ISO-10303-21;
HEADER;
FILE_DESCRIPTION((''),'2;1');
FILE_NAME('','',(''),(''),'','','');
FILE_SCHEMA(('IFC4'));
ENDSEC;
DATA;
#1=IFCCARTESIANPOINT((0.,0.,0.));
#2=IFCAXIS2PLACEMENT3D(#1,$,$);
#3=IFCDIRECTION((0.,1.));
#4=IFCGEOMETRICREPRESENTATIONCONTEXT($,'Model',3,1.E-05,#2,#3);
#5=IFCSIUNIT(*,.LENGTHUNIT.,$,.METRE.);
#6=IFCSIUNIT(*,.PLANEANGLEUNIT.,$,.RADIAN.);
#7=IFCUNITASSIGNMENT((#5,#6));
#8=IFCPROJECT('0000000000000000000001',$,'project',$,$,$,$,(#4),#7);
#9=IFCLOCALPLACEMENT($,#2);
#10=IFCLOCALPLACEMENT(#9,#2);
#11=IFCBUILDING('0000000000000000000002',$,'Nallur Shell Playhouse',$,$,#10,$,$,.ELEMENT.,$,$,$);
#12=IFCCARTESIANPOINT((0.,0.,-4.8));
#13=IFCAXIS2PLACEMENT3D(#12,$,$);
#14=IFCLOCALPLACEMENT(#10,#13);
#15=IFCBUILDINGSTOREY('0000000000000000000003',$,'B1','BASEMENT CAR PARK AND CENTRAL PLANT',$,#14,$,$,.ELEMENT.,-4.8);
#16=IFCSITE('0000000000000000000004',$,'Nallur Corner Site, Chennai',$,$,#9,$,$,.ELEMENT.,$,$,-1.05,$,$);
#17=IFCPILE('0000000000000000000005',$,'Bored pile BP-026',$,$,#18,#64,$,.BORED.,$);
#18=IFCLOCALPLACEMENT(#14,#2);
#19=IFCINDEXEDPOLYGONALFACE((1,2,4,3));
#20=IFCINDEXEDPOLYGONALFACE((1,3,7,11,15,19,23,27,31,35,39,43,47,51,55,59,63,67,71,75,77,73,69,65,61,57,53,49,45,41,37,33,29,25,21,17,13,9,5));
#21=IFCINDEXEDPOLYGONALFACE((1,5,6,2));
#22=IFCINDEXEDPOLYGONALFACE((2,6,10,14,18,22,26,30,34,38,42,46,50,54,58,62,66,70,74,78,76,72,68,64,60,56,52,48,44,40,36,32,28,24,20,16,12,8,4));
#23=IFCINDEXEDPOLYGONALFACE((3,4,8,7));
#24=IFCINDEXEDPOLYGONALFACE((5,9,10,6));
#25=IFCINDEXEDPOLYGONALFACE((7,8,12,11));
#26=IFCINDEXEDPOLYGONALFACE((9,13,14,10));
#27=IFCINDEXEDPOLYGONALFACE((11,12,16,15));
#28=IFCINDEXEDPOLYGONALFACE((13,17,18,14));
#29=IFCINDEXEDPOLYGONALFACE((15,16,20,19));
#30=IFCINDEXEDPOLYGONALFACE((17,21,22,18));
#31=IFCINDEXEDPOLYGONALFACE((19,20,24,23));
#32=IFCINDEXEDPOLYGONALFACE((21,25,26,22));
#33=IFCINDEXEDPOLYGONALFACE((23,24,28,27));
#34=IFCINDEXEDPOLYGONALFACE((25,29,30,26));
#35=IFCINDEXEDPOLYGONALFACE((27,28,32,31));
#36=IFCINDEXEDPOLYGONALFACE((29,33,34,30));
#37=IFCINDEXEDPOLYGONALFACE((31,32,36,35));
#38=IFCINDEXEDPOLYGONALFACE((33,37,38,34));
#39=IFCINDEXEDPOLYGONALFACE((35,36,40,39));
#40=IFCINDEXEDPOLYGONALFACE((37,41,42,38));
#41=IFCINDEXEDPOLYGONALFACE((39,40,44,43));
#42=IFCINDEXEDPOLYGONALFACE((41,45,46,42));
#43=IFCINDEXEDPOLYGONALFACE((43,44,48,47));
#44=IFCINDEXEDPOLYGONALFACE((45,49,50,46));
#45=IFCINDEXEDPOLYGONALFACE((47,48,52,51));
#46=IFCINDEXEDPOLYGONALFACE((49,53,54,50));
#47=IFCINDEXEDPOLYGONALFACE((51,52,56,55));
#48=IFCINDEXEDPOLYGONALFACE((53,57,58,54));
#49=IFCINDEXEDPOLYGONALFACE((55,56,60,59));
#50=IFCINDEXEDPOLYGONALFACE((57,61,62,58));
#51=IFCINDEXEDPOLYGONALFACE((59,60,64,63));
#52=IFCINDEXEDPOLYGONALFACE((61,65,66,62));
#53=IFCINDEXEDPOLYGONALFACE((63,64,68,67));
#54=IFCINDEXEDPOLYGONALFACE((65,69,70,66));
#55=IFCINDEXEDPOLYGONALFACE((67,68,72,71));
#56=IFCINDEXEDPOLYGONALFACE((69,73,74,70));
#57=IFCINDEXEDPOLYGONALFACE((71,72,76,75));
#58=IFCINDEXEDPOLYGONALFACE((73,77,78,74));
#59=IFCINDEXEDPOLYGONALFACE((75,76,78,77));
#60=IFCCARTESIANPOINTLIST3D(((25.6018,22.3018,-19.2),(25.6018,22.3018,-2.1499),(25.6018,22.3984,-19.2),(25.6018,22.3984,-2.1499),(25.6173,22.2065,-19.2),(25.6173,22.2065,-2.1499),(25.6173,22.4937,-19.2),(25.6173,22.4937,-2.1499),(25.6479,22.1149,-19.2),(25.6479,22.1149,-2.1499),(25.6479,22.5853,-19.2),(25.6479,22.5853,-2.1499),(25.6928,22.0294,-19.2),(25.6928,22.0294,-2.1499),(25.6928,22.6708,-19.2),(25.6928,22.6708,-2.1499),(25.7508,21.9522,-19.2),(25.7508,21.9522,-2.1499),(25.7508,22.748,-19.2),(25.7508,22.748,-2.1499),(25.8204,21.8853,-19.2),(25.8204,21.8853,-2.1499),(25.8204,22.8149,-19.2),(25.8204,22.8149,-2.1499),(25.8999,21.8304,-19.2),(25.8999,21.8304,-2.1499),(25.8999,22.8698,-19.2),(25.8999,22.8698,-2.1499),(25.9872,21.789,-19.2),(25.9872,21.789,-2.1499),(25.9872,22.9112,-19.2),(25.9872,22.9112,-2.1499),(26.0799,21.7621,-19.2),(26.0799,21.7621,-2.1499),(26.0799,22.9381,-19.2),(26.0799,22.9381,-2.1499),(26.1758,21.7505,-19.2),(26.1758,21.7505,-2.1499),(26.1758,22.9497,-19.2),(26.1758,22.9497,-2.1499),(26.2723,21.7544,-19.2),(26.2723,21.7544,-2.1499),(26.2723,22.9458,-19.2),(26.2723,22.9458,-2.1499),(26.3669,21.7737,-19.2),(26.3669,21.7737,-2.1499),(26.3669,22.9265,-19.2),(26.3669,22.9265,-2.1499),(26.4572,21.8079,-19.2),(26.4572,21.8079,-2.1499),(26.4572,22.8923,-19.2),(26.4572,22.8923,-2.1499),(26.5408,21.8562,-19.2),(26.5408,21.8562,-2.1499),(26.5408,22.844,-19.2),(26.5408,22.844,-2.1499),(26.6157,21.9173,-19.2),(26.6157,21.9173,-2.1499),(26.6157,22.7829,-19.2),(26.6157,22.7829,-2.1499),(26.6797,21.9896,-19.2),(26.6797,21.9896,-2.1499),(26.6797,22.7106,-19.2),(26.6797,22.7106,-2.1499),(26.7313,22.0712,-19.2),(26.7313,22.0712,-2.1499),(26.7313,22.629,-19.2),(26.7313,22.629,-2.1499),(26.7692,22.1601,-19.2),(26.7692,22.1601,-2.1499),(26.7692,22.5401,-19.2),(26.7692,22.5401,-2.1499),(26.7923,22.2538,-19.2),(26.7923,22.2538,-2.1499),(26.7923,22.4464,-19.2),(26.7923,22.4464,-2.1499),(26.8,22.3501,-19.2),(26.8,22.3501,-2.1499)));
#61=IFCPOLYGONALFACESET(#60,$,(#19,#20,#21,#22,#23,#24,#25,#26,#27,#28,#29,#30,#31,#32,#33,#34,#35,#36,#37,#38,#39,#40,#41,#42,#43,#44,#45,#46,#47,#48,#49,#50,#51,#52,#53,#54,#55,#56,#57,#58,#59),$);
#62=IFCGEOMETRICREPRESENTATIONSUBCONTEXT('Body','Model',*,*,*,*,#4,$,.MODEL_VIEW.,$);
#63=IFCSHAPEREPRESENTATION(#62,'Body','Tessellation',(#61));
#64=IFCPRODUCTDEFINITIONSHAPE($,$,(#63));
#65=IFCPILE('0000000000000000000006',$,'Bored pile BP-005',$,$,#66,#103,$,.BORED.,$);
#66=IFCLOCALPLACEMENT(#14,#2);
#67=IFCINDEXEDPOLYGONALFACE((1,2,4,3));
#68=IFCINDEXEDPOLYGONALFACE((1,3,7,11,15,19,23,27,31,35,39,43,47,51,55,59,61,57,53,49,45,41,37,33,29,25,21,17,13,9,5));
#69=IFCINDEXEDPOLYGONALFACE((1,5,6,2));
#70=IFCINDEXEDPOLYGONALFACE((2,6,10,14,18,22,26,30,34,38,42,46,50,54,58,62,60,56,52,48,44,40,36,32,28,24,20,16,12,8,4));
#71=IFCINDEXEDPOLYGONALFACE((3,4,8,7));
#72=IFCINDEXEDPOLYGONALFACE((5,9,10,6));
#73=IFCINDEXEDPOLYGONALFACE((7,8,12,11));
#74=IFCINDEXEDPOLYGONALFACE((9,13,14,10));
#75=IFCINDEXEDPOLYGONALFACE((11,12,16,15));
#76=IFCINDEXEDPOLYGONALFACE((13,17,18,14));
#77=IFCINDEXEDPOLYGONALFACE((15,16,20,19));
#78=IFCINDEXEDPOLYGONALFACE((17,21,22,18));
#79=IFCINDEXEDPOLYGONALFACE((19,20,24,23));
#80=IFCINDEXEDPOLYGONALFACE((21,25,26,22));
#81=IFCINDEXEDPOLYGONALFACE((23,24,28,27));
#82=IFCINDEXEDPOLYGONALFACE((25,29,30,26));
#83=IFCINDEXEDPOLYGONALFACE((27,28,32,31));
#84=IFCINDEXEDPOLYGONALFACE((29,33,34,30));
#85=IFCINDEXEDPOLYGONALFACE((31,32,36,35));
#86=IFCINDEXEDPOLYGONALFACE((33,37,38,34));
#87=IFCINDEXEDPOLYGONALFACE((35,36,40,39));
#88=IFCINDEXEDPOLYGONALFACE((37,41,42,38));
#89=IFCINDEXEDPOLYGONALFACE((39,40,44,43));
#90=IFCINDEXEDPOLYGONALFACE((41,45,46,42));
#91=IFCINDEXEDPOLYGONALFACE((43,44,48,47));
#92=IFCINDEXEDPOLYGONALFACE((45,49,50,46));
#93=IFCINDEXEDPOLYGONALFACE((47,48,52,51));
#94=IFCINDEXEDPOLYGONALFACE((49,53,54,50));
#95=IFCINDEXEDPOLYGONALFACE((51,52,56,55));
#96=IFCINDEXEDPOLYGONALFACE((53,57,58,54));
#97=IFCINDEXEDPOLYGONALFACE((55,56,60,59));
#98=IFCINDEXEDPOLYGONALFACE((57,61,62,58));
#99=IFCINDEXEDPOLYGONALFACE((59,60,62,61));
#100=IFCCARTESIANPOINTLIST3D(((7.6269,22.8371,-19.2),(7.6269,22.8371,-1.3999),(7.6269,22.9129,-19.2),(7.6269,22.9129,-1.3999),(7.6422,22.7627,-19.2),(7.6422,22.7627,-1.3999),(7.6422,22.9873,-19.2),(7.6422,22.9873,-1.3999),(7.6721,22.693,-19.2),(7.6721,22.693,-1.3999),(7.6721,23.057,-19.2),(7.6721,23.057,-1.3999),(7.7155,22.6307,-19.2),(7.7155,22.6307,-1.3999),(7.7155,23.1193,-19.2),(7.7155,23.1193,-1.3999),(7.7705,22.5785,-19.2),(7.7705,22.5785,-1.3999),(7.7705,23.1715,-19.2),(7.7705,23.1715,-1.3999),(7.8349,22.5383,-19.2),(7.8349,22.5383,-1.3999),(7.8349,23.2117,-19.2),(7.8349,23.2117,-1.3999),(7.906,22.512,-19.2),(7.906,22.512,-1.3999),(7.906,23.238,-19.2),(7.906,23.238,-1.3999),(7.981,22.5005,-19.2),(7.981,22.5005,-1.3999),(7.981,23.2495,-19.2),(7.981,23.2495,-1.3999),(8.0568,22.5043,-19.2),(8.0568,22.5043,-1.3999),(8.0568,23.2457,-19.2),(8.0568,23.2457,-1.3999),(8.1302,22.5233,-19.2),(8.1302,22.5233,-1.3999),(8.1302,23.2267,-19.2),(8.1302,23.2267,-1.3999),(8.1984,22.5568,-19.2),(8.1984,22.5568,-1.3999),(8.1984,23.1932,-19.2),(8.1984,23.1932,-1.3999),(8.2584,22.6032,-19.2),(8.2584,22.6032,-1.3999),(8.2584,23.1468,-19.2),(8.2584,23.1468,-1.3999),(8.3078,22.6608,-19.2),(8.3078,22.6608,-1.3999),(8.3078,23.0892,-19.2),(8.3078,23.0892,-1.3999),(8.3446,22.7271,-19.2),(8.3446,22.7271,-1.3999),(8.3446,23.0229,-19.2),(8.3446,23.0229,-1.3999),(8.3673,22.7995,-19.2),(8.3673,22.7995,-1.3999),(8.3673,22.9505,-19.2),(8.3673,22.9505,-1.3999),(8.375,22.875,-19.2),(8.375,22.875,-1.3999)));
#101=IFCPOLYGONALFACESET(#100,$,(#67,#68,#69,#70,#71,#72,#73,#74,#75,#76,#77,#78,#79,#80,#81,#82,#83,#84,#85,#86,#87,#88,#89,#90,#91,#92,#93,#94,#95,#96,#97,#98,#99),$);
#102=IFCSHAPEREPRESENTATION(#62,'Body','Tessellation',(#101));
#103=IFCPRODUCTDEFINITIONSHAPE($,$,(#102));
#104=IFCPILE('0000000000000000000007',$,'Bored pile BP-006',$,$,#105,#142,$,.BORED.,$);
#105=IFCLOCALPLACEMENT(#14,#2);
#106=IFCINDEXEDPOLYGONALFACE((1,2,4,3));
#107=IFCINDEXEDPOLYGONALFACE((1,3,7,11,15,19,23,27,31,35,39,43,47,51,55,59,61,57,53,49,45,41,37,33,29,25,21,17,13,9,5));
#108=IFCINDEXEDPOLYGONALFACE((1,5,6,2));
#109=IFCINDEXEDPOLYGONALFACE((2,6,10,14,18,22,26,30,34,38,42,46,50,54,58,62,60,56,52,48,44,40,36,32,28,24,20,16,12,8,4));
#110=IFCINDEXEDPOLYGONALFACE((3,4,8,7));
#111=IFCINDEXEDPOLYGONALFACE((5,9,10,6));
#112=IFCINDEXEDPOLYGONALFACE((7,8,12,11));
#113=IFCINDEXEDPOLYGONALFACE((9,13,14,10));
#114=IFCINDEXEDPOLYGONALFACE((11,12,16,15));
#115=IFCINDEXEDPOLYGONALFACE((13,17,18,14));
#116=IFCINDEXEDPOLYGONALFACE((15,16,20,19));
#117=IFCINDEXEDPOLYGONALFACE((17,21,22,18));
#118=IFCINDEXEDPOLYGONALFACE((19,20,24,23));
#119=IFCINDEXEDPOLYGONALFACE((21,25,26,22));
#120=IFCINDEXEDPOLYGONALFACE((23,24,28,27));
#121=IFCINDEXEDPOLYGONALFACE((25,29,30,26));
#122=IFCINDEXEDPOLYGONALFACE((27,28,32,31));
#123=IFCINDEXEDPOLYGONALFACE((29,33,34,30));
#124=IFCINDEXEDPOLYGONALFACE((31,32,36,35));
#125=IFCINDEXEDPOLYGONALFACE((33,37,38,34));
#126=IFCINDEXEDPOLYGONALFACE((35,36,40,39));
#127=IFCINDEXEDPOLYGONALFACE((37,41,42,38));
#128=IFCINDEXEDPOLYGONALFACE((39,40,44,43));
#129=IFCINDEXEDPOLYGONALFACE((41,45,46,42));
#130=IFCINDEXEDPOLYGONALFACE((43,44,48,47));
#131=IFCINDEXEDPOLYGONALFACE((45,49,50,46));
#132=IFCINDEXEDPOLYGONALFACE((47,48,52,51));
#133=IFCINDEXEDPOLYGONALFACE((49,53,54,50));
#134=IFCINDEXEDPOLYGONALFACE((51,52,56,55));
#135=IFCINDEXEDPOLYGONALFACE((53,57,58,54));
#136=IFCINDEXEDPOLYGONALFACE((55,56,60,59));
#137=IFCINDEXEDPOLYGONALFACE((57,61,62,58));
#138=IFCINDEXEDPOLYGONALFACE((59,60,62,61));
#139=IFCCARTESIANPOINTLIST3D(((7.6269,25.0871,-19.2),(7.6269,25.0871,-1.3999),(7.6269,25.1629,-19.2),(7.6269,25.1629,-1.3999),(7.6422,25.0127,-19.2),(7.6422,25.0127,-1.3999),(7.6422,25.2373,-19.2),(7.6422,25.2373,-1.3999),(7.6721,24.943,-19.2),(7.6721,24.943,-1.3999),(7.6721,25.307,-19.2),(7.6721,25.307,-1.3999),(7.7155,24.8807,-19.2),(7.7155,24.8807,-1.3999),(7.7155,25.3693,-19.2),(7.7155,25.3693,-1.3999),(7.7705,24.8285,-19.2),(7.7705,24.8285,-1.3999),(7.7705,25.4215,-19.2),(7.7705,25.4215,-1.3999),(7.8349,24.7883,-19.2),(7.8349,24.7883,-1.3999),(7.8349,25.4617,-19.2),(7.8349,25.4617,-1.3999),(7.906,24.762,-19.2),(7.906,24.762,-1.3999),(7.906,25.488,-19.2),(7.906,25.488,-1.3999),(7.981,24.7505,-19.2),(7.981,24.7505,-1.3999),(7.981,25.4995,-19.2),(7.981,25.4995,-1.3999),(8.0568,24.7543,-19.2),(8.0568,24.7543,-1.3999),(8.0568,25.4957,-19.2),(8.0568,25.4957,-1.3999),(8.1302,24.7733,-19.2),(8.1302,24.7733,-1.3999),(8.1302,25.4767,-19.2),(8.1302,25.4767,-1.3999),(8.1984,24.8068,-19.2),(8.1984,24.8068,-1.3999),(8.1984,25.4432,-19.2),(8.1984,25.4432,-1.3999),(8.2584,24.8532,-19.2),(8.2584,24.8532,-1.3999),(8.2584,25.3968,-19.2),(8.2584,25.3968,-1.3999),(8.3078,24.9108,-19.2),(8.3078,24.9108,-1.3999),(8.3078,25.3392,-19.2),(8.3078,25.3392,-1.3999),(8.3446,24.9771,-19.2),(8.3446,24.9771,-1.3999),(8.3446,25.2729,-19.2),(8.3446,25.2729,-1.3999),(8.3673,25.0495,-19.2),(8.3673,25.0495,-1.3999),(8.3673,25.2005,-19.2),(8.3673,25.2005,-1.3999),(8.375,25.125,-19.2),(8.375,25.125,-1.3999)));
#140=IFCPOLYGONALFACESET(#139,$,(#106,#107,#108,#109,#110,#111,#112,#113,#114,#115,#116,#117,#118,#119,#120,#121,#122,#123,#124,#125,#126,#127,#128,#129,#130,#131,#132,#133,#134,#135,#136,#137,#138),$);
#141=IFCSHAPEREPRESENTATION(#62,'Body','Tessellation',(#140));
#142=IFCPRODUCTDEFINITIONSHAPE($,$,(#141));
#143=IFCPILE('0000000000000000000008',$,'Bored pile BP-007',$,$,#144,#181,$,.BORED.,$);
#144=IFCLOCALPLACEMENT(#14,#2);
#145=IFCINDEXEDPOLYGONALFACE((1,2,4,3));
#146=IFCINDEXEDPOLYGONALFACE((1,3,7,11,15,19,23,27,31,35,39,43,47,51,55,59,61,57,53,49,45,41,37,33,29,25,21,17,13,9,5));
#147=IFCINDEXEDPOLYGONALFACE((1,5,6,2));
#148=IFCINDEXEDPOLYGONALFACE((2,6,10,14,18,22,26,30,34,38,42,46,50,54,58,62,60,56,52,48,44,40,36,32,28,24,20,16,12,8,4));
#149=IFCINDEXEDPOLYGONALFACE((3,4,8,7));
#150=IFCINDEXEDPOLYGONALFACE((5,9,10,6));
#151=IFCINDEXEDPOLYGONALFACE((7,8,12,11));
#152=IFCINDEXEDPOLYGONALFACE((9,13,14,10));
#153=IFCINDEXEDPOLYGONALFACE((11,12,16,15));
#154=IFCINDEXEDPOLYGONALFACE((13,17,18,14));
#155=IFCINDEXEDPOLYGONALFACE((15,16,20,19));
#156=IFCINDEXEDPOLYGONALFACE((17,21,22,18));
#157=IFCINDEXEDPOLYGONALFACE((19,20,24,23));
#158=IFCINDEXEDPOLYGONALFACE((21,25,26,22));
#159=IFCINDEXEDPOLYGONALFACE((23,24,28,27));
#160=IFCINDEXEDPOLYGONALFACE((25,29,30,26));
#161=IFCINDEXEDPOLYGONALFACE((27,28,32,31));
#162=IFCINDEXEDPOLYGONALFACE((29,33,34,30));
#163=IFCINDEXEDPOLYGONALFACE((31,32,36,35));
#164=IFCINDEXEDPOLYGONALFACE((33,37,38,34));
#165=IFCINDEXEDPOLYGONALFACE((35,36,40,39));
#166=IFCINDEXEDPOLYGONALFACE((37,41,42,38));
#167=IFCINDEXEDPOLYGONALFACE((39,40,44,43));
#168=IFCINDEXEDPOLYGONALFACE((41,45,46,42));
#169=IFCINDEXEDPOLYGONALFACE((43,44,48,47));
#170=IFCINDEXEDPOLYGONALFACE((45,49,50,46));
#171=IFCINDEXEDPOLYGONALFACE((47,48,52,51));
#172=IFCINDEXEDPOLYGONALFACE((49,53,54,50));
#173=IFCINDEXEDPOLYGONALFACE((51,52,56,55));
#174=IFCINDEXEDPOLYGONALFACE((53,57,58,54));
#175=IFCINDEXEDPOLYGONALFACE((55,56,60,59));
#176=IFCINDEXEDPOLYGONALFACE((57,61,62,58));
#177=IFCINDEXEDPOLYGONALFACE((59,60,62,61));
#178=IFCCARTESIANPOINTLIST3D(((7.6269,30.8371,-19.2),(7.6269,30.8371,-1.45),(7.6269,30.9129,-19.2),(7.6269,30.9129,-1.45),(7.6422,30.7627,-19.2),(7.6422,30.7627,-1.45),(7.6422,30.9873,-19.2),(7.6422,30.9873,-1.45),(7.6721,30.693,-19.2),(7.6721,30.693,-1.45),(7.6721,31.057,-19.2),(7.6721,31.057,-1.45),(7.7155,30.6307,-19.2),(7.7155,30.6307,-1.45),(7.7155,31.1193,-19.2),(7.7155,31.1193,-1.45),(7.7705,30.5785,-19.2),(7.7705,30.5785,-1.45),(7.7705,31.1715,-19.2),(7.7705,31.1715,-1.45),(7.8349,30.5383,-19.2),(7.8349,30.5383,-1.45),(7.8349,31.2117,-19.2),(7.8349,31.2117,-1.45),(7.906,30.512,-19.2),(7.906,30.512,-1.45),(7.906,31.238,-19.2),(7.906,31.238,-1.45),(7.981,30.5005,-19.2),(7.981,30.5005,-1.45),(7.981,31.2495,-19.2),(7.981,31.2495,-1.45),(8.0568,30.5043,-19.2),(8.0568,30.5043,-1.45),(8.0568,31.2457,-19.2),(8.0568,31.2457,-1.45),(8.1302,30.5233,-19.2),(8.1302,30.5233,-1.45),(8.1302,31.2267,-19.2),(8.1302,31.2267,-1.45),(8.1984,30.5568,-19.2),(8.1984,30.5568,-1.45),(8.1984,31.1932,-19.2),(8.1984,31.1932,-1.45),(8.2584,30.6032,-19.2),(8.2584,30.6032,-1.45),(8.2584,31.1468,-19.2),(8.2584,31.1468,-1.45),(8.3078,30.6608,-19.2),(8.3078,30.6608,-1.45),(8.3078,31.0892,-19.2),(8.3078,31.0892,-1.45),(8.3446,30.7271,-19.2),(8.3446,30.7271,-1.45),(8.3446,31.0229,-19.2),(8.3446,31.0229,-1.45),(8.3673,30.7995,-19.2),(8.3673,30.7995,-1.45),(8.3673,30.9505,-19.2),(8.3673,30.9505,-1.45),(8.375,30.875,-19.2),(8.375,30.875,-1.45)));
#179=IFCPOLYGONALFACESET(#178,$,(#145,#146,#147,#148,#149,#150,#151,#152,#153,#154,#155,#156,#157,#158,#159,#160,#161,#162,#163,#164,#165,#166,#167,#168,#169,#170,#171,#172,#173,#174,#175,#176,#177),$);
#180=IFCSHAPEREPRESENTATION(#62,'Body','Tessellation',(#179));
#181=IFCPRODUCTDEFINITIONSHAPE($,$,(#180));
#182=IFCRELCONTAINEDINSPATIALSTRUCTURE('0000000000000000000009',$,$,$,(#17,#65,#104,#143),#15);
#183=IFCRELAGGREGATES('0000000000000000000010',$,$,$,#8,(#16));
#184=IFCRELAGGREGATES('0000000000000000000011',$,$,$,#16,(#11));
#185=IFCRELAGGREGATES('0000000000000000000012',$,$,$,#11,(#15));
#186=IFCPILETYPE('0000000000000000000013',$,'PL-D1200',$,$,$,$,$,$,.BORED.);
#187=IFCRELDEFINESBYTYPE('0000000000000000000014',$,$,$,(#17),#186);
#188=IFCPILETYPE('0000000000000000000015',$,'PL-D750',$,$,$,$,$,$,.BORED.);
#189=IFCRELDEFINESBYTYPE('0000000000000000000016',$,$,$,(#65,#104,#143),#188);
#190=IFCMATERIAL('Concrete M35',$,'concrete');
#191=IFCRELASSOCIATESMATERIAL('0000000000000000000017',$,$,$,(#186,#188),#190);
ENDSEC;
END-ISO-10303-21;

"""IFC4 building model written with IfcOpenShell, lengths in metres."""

from ifc_helpers import new_model, si_unit, direction, frame, origin, origin_2d, place, context, subcontext, project, spatial, circle, extrude, material, material_profile, profile_set, type_object, element, save


model = new_model("IFC4")

# Units and contexts
model_context = context("Model", 3, precision=1e-05, world=origin(), true_north=direction((0.0, 1.0)))
body_context = subcontext(model_context, "Body", "Model", "MODEL_VIEW")
ifc_project = project(units=[si_unit("LENGTHUNIT", "METRE"), si_unit("PLANEANGLEUNIT", "RADIAN")], contexts=[model_context])

# Site, building, storey
site_placement = place(None, origin())
site = spatial("IfcSite", under=ifc_project, at=site_placement, Name="Nallur Corner Site, Chennai", CompositionType="ELEMENT", RefElevation=-1.05)
building_placement = place(site_placement, origin())
building = spatial("IfcBuilding", under=site, at=building_placement, Name="Nallur Shell Playhouse", CompositionType="ELEMENT")
storey_placement = place(building_placement, frame((0.0, 0.0, -4.8)))
storey = spatial("IfcBuildingStorey", under=building, at=storey_placement, Name="B1", Description="BASEMENT CAR PARK AND CENTRAL PLANT", CompositionType="ELEMENT", Elevation=-4.8)

# Shared definitions
ifc_material_1 = material(Name="Concrete M35", Category="concrete")

# Piles
ifc_material_profile_1 = material_profile(ifc_material_1, circle(Radius=0.6001, at=origin_2d()), Name="BORED PILE D1200")
ifc_profile_set_1 = profile_set([ifc_material_profile_1], Name="Concrete M35")
pile_type_1 = type_object("IfcPileType", Name="PL-D1200", PredefinedType="BORED", material=ifc_profile_set_1)
for number, where, z_axis, x_axis, name in (
    (1, (26.2, 22.3501, -2.1499), (0.0, 0.0, -1.0), (1.0, 0.0, 0.0), "Bored pile BP-026"),
):
    element("IfcPile", number, at=place(storey_placement, frame(where, z_axis=z_axis, x_axis=x_axis)), inside=storey, type_object=pile_type_1, Name=name, PredefinedType="BORED", context=body_context, shape_type="SweptSolid", body=[
        extrude(circle(Radius=0.6001, at=origin_2d()), origin(), (0.0, 0.0, 1.0), 17.05),
    ])
ifc_material_profile_2 = material_profile(ifc_material_1, circle(Radius=0.375, at=origin_2d()), Name="BORED PILE D750")
ifc_profile_set_2 = profile_set([ifc_material_profile_2], Name="Concrete M35")
pile_type_2 = type_object("IfcPileType", Name="PL-D750", PredefinedType="BORED", material=ifc_profile_set_2)
for number, where, z_axis, x_axis, name in (
    (2, (8.0, 22.875, -1.3999), (0.0, 0.0, -1.0), (1.0, 0.0, 0.0), "Bored pile BP-005"),
    (3, (8.0, 25.125, -1.3999), (0.0, 0.0, -1.0), (1.0, 0.0, 0.0), "Bored pile BP-006"),
):
    element("IfcPile", number, at=place(storey_placement, frame(where, z_axis=z_axis, x_axis=x_axis)), inside=storey, type_object=pile_type_2, Name=name, PredefinedType="BORED", context=body_context, shape_type="SweptSolid", body=[
        extrude(circle(Radius=0.375, at=origin_2d()), origin(), (0.0, 0.0, 1.0), 17.8),
    ])
for number, where, z_axis, x_axis, name in (
    (4, (8.0, 30.875, -1.45), (0.0, 0.0, -1.0), (1.0, 0.0, 0.0), "Bored pile BP-007"),
):
    element("IfcPile", number, at=place(storey_placement, frame(where, z_axis=z_axis, x_axis=x_axis)), inside=storey, type_object=pile_type_2, Name=name, PredefinedType="BORED", context=body_context, shape_type="SweptSolid", body=[
        extrude(circle(Radius=0.375, at=origin_2d()), origin(), (0.0, 0.0, 1.0), 17.75),
    ])

save(model, "model.ifc")
